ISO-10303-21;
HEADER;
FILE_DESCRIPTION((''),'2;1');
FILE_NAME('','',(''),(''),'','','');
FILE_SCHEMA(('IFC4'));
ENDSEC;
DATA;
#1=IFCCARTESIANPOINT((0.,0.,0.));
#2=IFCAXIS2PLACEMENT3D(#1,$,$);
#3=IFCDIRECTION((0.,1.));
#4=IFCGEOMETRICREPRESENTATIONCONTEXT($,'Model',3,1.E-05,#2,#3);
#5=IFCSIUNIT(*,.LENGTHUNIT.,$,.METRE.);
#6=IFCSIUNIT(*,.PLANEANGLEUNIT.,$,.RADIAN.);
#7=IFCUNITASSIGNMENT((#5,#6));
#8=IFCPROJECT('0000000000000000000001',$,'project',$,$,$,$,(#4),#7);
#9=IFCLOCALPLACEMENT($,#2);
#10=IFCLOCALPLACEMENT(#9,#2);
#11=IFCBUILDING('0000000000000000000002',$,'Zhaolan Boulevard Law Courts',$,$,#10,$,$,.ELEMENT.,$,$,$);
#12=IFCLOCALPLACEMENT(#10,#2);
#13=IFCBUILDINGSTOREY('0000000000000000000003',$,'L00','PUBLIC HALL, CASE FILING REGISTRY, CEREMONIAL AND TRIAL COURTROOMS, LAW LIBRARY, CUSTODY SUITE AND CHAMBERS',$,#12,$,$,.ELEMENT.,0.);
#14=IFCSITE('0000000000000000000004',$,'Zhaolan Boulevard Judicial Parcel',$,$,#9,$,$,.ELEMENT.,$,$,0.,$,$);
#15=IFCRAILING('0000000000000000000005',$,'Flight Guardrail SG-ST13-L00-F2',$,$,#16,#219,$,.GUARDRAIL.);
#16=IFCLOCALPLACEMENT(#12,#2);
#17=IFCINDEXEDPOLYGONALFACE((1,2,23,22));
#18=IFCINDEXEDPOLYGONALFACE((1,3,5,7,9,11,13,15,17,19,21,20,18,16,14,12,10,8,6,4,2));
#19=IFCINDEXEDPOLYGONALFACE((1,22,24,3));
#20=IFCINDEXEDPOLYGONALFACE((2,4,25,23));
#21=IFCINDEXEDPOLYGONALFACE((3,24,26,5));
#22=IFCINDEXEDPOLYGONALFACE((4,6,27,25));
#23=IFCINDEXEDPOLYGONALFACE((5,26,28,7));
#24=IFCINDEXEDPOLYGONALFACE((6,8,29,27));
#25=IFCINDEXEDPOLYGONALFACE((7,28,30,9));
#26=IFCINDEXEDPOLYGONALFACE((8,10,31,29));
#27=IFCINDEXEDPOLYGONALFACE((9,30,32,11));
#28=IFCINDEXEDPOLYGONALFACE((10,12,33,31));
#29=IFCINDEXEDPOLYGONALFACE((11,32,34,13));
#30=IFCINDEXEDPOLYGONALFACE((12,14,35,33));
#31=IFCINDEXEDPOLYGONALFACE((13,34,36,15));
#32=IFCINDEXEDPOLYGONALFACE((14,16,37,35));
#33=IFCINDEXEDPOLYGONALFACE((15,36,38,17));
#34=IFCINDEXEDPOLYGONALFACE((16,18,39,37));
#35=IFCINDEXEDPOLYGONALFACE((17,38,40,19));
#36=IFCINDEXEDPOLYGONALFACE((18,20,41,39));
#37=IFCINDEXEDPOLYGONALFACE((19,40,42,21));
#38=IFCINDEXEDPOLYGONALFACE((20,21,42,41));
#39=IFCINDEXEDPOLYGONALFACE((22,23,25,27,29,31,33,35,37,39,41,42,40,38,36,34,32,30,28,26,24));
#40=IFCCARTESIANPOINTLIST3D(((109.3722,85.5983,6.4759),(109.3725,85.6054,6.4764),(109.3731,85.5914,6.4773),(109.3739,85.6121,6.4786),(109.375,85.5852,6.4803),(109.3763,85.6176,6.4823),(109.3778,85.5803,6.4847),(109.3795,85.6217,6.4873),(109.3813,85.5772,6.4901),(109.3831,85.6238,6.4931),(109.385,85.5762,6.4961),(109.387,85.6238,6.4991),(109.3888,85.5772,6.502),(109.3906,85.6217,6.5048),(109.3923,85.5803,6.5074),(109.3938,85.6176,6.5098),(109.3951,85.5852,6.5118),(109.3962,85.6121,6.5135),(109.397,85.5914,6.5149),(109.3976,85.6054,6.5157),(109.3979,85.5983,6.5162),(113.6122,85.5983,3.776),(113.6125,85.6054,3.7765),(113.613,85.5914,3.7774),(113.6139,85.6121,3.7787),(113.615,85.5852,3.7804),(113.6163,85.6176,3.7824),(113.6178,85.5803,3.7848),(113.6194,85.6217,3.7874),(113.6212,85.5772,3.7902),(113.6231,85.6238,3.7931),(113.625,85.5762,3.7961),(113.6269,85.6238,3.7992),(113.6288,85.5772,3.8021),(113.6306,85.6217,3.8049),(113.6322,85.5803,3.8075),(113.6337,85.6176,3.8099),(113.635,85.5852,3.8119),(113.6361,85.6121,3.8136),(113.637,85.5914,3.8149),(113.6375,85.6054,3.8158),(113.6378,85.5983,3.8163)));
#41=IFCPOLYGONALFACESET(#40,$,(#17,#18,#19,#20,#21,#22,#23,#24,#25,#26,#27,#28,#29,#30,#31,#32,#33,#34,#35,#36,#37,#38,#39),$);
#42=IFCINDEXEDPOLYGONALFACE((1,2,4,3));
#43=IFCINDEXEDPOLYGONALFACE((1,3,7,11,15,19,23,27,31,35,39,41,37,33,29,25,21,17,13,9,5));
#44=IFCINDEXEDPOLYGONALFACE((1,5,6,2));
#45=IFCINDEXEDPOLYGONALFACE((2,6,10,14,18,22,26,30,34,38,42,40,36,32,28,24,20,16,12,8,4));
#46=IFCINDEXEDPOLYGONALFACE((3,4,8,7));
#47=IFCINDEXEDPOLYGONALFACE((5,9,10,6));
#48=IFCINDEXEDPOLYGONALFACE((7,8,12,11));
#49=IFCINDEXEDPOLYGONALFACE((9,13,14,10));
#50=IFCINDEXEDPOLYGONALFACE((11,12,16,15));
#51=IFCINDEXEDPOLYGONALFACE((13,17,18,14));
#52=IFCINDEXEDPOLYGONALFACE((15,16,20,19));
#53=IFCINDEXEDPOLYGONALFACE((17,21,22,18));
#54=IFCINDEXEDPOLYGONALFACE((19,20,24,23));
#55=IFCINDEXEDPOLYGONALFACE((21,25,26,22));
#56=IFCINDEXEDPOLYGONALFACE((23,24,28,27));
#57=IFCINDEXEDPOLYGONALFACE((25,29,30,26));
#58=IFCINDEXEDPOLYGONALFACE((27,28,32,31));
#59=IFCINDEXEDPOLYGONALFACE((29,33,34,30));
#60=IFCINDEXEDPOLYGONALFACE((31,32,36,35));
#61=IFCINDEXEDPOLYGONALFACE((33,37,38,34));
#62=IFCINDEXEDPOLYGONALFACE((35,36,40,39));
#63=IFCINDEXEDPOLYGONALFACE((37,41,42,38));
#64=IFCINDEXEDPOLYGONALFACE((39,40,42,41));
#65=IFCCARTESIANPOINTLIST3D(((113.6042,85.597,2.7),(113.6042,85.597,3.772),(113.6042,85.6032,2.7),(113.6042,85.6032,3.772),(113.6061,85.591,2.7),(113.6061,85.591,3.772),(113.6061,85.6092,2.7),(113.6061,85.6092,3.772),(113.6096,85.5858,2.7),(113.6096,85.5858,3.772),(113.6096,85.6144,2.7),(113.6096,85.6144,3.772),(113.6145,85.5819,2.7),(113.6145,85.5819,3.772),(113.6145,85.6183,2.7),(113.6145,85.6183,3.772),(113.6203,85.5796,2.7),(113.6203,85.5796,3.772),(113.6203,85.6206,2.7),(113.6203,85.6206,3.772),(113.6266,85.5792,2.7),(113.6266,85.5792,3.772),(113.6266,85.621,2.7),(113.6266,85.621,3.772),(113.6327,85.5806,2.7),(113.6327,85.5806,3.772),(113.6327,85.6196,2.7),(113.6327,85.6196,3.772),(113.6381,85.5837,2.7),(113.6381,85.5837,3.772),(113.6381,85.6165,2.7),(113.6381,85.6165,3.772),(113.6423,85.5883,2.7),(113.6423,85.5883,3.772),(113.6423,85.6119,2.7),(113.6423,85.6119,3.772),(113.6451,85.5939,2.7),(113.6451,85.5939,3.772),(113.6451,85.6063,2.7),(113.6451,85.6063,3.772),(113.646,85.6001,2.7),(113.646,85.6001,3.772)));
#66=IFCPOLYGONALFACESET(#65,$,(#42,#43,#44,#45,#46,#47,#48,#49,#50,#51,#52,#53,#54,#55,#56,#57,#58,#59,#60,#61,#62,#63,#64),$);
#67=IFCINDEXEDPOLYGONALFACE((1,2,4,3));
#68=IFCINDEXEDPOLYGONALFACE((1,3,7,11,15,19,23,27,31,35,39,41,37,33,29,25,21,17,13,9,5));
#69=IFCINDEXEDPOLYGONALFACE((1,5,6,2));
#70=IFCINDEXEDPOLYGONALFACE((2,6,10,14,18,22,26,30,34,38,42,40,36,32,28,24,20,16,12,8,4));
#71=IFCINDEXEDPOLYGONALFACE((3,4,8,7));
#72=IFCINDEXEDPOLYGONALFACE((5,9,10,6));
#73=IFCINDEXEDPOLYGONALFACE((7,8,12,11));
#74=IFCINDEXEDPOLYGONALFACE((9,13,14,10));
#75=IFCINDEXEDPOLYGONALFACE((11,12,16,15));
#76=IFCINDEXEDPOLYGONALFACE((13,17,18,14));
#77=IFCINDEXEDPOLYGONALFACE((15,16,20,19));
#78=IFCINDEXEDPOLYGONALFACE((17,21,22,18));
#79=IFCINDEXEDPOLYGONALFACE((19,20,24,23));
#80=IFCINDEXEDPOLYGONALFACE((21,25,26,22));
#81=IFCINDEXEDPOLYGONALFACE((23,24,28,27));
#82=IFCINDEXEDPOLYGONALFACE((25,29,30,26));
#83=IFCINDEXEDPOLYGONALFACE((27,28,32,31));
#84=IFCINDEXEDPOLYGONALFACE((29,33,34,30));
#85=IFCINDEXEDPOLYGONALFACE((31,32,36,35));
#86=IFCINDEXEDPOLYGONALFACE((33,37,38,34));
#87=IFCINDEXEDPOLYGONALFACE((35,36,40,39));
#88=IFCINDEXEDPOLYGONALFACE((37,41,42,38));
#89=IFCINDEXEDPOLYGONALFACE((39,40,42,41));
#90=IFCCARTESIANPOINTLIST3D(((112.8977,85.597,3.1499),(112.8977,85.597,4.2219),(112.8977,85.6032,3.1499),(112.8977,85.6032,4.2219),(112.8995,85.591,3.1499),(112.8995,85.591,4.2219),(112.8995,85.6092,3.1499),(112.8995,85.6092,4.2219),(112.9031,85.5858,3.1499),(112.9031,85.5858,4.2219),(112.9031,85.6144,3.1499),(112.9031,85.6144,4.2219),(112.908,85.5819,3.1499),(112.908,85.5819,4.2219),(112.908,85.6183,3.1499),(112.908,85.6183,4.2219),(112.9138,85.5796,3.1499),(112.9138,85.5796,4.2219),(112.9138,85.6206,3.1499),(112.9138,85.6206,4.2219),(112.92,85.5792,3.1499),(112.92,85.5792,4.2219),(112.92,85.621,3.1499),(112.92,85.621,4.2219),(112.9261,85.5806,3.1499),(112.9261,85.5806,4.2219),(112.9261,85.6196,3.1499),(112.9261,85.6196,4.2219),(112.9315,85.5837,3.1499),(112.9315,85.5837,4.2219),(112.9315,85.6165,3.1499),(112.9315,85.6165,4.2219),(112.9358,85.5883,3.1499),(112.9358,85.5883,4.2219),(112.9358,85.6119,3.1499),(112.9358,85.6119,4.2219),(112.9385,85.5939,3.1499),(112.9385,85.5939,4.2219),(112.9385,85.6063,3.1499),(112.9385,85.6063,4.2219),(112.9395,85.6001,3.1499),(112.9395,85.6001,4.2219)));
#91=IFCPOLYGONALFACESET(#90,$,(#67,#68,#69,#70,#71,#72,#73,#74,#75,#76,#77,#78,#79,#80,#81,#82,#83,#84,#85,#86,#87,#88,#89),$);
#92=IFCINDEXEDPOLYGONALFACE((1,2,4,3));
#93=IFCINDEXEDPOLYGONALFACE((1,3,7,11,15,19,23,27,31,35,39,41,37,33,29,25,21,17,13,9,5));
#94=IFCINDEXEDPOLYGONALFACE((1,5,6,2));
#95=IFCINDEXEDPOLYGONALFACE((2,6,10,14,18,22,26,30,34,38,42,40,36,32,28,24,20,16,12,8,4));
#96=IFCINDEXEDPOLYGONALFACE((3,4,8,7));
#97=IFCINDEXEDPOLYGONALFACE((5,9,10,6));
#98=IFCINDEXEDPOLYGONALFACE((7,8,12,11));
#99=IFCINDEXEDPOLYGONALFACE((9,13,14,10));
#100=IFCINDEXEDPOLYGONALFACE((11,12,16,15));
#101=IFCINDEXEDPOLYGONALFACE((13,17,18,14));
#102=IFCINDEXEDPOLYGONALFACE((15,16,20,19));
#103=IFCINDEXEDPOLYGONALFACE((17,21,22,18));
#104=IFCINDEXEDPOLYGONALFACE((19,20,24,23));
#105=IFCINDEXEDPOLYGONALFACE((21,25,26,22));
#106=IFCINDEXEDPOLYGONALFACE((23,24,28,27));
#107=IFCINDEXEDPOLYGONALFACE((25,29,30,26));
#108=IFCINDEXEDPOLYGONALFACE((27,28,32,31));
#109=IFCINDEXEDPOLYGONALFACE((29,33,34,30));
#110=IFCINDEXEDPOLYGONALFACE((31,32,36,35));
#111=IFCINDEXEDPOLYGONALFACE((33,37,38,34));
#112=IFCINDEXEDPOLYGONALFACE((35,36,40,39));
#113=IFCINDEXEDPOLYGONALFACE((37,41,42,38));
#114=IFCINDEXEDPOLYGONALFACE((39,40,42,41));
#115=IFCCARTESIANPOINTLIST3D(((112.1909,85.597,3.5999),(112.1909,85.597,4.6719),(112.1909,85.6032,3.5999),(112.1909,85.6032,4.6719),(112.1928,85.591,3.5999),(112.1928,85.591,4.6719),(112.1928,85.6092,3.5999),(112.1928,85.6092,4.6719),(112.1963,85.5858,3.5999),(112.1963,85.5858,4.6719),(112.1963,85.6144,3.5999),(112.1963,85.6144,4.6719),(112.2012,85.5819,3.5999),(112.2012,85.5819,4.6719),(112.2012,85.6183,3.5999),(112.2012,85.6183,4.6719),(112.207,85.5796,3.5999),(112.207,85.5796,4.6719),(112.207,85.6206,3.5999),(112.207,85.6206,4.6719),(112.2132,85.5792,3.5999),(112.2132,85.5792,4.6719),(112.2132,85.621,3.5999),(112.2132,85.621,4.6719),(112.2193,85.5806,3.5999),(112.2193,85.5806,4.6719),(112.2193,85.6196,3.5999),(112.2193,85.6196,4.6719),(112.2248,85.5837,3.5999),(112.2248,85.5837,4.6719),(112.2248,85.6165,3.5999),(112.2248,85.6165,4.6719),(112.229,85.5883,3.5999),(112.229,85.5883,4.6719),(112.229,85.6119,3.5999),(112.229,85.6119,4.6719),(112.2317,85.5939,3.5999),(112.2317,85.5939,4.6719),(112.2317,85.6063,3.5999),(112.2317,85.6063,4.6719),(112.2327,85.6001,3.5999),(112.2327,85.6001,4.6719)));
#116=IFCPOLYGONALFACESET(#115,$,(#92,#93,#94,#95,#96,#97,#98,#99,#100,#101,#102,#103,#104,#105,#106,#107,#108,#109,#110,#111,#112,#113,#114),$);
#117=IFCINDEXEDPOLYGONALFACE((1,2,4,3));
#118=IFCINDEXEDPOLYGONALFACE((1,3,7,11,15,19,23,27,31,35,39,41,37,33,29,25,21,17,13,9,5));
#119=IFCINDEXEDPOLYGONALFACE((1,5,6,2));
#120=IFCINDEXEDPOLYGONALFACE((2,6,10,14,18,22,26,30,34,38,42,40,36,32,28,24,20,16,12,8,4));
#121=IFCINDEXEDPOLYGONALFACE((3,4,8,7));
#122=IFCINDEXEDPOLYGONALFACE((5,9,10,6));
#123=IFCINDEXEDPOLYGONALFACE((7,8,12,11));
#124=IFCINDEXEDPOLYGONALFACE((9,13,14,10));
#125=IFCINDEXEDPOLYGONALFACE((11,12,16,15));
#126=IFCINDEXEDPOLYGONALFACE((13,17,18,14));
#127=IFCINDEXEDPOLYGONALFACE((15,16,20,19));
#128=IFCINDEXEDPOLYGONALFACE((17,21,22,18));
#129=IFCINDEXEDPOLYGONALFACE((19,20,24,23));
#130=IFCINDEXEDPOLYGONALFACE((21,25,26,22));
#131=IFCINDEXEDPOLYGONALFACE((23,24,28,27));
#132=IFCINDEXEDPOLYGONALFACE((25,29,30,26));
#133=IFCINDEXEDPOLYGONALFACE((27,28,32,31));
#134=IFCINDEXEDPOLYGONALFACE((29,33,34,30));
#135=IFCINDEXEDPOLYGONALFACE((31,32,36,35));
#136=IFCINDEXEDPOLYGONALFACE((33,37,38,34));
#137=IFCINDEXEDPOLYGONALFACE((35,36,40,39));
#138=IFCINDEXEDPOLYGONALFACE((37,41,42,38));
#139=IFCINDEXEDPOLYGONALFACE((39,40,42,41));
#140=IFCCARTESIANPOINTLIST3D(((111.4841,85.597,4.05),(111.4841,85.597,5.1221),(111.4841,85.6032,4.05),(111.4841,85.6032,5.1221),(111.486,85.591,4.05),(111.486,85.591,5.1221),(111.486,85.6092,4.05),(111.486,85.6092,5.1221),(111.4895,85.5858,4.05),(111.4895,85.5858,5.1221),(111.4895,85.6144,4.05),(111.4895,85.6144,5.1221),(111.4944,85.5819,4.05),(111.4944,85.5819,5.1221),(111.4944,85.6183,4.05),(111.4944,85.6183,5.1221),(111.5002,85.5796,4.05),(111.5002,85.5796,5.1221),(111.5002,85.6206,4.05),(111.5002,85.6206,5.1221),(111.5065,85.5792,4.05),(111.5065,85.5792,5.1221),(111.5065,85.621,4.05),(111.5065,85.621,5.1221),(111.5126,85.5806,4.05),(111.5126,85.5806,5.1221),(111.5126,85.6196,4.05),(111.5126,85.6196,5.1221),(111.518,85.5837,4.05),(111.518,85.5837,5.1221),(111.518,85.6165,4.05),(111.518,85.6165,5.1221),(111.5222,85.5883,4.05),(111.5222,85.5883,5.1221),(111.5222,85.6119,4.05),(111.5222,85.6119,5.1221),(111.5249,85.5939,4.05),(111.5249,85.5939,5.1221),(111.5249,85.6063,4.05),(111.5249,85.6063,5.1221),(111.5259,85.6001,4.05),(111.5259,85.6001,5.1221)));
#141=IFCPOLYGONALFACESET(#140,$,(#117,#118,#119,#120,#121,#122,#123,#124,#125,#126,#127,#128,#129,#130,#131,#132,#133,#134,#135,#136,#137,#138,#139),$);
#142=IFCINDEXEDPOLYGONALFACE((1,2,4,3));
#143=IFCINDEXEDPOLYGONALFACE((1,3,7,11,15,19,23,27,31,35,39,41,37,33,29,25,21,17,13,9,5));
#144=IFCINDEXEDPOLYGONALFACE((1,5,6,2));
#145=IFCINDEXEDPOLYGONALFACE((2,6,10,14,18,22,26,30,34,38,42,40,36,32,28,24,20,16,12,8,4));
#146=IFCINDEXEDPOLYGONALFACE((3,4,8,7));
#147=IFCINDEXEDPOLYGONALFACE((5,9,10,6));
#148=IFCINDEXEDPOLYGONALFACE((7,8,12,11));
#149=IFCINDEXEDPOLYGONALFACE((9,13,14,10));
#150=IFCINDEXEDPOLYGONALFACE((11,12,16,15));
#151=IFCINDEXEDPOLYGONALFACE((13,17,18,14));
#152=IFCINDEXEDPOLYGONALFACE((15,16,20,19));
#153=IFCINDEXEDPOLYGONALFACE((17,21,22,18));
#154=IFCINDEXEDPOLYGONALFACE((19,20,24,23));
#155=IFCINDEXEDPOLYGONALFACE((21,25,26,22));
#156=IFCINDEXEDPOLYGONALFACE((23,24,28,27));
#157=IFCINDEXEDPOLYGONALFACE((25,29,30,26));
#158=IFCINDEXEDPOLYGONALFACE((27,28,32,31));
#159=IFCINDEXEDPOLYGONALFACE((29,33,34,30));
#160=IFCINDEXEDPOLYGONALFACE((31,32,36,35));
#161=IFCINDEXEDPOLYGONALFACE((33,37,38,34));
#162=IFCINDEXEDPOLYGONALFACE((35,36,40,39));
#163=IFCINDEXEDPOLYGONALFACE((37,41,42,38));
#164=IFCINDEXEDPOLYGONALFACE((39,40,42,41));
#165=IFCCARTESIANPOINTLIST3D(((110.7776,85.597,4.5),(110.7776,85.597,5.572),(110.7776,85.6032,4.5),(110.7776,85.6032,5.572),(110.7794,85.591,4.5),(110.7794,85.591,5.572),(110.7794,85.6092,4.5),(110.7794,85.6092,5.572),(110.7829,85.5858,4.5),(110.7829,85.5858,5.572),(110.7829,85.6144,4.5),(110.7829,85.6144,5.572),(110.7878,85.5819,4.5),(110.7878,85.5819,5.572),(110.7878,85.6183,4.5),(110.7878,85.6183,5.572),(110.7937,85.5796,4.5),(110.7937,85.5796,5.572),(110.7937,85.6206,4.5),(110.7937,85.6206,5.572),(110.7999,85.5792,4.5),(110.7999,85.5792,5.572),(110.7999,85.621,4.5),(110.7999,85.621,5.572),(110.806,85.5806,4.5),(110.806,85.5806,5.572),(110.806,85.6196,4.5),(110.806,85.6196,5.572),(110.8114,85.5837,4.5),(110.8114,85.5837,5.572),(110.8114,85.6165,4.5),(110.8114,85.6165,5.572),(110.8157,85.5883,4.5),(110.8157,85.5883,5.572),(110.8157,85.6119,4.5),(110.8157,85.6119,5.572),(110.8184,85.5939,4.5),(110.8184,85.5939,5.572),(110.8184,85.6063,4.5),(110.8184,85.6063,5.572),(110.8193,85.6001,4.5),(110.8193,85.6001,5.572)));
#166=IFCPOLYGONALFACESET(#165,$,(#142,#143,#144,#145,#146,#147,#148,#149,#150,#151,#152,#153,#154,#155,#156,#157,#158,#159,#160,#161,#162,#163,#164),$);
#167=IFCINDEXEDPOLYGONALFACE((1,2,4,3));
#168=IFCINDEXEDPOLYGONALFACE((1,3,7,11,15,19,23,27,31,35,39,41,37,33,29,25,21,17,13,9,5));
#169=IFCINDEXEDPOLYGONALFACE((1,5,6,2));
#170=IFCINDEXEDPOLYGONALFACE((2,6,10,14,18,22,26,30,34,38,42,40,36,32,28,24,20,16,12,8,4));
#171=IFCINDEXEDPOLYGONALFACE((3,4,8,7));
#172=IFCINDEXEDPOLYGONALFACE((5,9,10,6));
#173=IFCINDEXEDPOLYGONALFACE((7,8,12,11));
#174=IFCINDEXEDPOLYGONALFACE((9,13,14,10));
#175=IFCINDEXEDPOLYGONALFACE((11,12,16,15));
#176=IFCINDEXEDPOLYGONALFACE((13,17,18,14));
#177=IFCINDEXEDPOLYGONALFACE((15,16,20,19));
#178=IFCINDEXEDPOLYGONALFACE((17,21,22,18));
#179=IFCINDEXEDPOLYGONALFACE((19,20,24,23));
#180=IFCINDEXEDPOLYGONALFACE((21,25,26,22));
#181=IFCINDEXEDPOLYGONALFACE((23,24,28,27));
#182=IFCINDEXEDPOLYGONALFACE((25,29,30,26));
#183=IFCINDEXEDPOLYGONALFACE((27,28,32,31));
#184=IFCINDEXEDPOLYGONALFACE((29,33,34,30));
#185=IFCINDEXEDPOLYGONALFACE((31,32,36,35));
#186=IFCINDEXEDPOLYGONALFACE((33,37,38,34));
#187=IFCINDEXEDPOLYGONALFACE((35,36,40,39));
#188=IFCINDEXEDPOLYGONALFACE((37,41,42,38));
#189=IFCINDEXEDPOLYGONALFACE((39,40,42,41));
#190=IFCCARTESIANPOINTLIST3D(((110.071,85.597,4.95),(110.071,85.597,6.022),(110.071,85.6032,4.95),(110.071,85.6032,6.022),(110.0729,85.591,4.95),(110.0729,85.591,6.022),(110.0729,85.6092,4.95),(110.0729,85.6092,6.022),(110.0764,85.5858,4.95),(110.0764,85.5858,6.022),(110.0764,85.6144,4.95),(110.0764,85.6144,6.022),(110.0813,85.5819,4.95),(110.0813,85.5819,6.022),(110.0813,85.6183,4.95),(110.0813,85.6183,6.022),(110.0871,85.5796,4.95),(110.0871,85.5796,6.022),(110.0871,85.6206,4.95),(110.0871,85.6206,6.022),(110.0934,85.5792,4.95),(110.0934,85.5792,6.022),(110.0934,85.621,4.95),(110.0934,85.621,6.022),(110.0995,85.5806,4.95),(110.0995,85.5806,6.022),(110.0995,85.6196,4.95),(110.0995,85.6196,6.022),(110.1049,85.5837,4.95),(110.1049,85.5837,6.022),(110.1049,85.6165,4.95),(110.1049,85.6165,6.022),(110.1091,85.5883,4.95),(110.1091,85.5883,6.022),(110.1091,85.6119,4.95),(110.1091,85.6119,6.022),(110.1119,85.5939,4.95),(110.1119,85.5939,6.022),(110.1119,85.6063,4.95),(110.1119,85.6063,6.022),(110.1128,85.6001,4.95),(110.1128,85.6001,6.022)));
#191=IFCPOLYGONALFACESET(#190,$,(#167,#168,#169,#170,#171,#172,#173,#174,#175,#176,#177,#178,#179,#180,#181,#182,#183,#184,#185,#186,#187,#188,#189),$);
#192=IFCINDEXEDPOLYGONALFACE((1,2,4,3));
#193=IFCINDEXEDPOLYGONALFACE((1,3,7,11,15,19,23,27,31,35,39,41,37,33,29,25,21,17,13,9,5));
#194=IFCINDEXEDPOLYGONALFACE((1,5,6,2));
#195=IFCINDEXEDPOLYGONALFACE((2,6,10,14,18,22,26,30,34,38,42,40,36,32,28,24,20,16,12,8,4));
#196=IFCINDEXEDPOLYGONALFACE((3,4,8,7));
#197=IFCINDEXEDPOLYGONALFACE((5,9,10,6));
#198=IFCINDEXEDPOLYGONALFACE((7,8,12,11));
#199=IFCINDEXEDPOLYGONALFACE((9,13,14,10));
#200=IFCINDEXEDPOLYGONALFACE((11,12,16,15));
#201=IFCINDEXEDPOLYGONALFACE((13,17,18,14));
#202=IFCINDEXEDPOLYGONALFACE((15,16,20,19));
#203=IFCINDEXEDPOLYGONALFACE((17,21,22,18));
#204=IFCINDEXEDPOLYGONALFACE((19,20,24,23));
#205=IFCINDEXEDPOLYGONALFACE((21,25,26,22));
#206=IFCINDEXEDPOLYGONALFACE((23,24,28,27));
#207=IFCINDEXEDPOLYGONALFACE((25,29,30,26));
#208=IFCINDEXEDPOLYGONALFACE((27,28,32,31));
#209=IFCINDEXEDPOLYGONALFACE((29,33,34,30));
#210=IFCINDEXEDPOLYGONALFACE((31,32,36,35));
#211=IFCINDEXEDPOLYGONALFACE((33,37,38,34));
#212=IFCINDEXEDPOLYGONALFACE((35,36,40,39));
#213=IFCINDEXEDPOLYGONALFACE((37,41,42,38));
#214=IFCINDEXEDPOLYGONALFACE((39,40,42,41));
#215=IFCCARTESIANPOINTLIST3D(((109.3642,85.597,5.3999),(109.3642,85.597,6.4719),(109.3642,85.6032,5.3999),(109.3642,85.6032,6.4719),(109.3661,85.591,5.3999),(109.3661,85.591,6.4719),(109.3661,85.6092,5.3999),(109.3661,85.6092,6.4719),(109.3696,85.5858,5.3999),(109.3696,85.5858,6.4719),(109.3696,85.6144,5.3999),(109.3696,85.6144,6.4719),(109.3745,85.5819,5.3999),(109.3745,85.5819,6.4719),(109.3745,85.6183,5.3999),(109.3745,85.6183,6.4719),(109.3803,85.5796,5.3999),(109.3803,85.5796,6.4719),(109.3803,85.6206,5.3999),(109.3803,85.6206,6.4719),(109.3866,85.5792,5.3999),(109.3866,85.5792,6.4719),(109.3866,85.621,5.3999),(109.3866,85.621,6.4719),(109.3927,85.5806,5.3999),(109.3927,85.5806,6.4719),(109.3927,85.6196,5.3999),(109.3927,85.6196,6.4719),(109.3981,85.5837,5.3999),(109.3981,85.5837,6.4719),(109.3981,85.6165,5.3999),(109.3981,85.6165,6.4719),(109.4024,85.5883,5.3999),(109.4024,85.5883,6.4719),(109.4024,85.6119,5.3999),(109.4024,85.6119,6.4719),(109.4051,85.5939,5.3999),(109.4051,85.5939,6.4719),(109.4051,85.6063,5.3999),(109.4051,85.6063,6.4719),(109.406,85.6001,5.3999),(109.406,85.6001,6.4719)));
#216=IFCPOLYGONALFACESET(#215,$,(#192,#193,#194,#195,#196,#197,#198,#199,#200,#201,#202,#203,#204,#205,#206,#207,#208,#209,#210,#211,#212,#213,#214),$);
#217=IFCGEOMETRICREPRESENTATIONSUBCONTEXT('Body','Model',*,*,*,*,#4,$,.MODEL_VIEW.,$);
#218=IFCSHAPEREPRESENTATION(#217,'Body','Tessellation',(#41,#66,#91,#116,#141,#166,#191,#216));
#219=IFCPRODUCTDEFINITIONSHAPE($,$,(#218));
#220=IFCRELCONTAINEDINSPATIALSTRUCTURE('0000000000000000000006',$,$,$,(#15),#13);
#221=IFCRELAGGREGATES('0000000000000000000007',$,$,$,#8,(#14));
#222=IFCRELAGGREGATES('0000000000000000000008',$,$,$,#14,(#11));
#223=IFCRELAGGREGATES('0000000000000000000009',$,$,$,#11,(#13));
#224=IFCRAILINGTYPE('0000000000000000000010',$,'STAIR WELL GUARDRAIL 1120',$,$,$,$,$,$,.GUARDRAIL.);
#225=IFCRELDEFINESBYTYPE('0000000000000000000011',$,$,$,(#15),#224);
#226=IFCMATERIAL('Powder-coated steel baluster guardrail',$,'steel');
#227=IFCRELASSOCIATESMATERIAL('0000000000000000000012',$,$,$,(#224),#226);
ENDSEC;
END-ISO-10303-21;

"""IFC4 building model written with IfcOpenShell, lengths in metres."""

from ifc_helpers import new_model, si_unit, direction, frame, origin, origin_2d, place, context, subcontext, project, spatial, circle, extrude, material, type_object, element, save


model = new_model("IFC4")

# Units and contexts
model_context = context("Model", 3, precision=1e-05, world=origin(), true_north=direction((0.0, 1.0)))
body_context = subcontext(model_context, "Body", "Model", "MODEL_VIEW")
ifc_project = project(units=[si_unit("LENGTHUNIT", "METRE"), si_unit("PLANEANGLEUNIT", "RADIAN")], contexts=[model_context])

# Site, building, storey
site_placement = place(None, origin())
site = spatial("IfcSite", under=ifc_project, at=site_placement, Name="Zhaolan Boulevard Judicial Parcel", CompositionType="ELEMENT", RefElevation=0.0)
building_placement = place(site_placement, origin())
building = spatial("IfcBuilding", under=site, at=building_placement, Name="Zhaolan Boulevard Law Courts", CompositionType="ELEMENT")
storey_placement = place(building_placement, origin())
storey = spatial("IfcBuildingStorey", under=building, at=storey_placement, Name="L00", Description="PUBLIC HALL, CASE FILING REGISTRY, CEREMONIAL AND TRIAL COURTROOMS, LAW LIBRARY, CUSTODY SUITE AND CHAMBERS", CompositionType="ELEMENT", Elevation=0.0)

# Railing
ifc_material_1 = material(Name="Powder-coated steel baluster guardrail", Category="steel")
railing_type_1 = type_object("IfcRailingType", Name="STAIR WELL GUARDRAIL 1120", PredefinedType="GUARDRAIL", material=ifc_material_1)
railing_1_placement = place(storey_placement, frame((113.625, 85.6001, 2.7)))
element("IfcRailing", 1, at=railing_1_placement, inside=storey, type_object=railing_type_1, Name="Flight Guardrail SG-ST13-L00-F2", PredefinedType="GUARDRAIL", context=body_context, shape_type="SweptSolid", body=[
    extrude(circle(Radius=0.0239, at=origin_2d()), frame((0.0, 0.0, 1.0962), z_axis=(-0.843501, 0.0, 0.537127), x_axis=(0.0, -1.0, 0.0)), (0.0, 0.0, 1.0), 5.0266),
    extrude(circle(Radius=0.021, at=origin_2d()), origin(), (0.0, 0.0, 1.0), 1.072),
    extrude(circle(Radius=0.021, at=origin_2d()), frame((-0.7065, 0.0, 0.45)), (0.0, 0.0, 1.0), 1.072),
    extrude(circle(Radius=0.021, at=origin_2d()), frame((-1.4133, 0.0, 0.8999)), (0.0, 0.0, 1.0), 1.072),
    extrude(circle(Radius=0.021, at=origin_2d()), frame((-2.1201, 0.0, 1.3501)), (0.0, 0.0, 1.0), 1.072),
    extrude(circle(Radius=0.021, at=origin_2d()), frame((-2.8267, 0.0, 1.8)), (0.0, 0.0, 1.0), 1.072),
    extrude(circle(Radius=0.021, at=origin_2d()), frame((-3.5332, 0.0, 2.25)), (0.0, 0.0, 1.0), 1.072),
    extrude(circle(Radius=0.021, at=origin_2d()), frame((-4.24, 0.0, 2.7)), (0.0, 0.0, 1.0), 1.072),
])

save(model, "model.ifc")
